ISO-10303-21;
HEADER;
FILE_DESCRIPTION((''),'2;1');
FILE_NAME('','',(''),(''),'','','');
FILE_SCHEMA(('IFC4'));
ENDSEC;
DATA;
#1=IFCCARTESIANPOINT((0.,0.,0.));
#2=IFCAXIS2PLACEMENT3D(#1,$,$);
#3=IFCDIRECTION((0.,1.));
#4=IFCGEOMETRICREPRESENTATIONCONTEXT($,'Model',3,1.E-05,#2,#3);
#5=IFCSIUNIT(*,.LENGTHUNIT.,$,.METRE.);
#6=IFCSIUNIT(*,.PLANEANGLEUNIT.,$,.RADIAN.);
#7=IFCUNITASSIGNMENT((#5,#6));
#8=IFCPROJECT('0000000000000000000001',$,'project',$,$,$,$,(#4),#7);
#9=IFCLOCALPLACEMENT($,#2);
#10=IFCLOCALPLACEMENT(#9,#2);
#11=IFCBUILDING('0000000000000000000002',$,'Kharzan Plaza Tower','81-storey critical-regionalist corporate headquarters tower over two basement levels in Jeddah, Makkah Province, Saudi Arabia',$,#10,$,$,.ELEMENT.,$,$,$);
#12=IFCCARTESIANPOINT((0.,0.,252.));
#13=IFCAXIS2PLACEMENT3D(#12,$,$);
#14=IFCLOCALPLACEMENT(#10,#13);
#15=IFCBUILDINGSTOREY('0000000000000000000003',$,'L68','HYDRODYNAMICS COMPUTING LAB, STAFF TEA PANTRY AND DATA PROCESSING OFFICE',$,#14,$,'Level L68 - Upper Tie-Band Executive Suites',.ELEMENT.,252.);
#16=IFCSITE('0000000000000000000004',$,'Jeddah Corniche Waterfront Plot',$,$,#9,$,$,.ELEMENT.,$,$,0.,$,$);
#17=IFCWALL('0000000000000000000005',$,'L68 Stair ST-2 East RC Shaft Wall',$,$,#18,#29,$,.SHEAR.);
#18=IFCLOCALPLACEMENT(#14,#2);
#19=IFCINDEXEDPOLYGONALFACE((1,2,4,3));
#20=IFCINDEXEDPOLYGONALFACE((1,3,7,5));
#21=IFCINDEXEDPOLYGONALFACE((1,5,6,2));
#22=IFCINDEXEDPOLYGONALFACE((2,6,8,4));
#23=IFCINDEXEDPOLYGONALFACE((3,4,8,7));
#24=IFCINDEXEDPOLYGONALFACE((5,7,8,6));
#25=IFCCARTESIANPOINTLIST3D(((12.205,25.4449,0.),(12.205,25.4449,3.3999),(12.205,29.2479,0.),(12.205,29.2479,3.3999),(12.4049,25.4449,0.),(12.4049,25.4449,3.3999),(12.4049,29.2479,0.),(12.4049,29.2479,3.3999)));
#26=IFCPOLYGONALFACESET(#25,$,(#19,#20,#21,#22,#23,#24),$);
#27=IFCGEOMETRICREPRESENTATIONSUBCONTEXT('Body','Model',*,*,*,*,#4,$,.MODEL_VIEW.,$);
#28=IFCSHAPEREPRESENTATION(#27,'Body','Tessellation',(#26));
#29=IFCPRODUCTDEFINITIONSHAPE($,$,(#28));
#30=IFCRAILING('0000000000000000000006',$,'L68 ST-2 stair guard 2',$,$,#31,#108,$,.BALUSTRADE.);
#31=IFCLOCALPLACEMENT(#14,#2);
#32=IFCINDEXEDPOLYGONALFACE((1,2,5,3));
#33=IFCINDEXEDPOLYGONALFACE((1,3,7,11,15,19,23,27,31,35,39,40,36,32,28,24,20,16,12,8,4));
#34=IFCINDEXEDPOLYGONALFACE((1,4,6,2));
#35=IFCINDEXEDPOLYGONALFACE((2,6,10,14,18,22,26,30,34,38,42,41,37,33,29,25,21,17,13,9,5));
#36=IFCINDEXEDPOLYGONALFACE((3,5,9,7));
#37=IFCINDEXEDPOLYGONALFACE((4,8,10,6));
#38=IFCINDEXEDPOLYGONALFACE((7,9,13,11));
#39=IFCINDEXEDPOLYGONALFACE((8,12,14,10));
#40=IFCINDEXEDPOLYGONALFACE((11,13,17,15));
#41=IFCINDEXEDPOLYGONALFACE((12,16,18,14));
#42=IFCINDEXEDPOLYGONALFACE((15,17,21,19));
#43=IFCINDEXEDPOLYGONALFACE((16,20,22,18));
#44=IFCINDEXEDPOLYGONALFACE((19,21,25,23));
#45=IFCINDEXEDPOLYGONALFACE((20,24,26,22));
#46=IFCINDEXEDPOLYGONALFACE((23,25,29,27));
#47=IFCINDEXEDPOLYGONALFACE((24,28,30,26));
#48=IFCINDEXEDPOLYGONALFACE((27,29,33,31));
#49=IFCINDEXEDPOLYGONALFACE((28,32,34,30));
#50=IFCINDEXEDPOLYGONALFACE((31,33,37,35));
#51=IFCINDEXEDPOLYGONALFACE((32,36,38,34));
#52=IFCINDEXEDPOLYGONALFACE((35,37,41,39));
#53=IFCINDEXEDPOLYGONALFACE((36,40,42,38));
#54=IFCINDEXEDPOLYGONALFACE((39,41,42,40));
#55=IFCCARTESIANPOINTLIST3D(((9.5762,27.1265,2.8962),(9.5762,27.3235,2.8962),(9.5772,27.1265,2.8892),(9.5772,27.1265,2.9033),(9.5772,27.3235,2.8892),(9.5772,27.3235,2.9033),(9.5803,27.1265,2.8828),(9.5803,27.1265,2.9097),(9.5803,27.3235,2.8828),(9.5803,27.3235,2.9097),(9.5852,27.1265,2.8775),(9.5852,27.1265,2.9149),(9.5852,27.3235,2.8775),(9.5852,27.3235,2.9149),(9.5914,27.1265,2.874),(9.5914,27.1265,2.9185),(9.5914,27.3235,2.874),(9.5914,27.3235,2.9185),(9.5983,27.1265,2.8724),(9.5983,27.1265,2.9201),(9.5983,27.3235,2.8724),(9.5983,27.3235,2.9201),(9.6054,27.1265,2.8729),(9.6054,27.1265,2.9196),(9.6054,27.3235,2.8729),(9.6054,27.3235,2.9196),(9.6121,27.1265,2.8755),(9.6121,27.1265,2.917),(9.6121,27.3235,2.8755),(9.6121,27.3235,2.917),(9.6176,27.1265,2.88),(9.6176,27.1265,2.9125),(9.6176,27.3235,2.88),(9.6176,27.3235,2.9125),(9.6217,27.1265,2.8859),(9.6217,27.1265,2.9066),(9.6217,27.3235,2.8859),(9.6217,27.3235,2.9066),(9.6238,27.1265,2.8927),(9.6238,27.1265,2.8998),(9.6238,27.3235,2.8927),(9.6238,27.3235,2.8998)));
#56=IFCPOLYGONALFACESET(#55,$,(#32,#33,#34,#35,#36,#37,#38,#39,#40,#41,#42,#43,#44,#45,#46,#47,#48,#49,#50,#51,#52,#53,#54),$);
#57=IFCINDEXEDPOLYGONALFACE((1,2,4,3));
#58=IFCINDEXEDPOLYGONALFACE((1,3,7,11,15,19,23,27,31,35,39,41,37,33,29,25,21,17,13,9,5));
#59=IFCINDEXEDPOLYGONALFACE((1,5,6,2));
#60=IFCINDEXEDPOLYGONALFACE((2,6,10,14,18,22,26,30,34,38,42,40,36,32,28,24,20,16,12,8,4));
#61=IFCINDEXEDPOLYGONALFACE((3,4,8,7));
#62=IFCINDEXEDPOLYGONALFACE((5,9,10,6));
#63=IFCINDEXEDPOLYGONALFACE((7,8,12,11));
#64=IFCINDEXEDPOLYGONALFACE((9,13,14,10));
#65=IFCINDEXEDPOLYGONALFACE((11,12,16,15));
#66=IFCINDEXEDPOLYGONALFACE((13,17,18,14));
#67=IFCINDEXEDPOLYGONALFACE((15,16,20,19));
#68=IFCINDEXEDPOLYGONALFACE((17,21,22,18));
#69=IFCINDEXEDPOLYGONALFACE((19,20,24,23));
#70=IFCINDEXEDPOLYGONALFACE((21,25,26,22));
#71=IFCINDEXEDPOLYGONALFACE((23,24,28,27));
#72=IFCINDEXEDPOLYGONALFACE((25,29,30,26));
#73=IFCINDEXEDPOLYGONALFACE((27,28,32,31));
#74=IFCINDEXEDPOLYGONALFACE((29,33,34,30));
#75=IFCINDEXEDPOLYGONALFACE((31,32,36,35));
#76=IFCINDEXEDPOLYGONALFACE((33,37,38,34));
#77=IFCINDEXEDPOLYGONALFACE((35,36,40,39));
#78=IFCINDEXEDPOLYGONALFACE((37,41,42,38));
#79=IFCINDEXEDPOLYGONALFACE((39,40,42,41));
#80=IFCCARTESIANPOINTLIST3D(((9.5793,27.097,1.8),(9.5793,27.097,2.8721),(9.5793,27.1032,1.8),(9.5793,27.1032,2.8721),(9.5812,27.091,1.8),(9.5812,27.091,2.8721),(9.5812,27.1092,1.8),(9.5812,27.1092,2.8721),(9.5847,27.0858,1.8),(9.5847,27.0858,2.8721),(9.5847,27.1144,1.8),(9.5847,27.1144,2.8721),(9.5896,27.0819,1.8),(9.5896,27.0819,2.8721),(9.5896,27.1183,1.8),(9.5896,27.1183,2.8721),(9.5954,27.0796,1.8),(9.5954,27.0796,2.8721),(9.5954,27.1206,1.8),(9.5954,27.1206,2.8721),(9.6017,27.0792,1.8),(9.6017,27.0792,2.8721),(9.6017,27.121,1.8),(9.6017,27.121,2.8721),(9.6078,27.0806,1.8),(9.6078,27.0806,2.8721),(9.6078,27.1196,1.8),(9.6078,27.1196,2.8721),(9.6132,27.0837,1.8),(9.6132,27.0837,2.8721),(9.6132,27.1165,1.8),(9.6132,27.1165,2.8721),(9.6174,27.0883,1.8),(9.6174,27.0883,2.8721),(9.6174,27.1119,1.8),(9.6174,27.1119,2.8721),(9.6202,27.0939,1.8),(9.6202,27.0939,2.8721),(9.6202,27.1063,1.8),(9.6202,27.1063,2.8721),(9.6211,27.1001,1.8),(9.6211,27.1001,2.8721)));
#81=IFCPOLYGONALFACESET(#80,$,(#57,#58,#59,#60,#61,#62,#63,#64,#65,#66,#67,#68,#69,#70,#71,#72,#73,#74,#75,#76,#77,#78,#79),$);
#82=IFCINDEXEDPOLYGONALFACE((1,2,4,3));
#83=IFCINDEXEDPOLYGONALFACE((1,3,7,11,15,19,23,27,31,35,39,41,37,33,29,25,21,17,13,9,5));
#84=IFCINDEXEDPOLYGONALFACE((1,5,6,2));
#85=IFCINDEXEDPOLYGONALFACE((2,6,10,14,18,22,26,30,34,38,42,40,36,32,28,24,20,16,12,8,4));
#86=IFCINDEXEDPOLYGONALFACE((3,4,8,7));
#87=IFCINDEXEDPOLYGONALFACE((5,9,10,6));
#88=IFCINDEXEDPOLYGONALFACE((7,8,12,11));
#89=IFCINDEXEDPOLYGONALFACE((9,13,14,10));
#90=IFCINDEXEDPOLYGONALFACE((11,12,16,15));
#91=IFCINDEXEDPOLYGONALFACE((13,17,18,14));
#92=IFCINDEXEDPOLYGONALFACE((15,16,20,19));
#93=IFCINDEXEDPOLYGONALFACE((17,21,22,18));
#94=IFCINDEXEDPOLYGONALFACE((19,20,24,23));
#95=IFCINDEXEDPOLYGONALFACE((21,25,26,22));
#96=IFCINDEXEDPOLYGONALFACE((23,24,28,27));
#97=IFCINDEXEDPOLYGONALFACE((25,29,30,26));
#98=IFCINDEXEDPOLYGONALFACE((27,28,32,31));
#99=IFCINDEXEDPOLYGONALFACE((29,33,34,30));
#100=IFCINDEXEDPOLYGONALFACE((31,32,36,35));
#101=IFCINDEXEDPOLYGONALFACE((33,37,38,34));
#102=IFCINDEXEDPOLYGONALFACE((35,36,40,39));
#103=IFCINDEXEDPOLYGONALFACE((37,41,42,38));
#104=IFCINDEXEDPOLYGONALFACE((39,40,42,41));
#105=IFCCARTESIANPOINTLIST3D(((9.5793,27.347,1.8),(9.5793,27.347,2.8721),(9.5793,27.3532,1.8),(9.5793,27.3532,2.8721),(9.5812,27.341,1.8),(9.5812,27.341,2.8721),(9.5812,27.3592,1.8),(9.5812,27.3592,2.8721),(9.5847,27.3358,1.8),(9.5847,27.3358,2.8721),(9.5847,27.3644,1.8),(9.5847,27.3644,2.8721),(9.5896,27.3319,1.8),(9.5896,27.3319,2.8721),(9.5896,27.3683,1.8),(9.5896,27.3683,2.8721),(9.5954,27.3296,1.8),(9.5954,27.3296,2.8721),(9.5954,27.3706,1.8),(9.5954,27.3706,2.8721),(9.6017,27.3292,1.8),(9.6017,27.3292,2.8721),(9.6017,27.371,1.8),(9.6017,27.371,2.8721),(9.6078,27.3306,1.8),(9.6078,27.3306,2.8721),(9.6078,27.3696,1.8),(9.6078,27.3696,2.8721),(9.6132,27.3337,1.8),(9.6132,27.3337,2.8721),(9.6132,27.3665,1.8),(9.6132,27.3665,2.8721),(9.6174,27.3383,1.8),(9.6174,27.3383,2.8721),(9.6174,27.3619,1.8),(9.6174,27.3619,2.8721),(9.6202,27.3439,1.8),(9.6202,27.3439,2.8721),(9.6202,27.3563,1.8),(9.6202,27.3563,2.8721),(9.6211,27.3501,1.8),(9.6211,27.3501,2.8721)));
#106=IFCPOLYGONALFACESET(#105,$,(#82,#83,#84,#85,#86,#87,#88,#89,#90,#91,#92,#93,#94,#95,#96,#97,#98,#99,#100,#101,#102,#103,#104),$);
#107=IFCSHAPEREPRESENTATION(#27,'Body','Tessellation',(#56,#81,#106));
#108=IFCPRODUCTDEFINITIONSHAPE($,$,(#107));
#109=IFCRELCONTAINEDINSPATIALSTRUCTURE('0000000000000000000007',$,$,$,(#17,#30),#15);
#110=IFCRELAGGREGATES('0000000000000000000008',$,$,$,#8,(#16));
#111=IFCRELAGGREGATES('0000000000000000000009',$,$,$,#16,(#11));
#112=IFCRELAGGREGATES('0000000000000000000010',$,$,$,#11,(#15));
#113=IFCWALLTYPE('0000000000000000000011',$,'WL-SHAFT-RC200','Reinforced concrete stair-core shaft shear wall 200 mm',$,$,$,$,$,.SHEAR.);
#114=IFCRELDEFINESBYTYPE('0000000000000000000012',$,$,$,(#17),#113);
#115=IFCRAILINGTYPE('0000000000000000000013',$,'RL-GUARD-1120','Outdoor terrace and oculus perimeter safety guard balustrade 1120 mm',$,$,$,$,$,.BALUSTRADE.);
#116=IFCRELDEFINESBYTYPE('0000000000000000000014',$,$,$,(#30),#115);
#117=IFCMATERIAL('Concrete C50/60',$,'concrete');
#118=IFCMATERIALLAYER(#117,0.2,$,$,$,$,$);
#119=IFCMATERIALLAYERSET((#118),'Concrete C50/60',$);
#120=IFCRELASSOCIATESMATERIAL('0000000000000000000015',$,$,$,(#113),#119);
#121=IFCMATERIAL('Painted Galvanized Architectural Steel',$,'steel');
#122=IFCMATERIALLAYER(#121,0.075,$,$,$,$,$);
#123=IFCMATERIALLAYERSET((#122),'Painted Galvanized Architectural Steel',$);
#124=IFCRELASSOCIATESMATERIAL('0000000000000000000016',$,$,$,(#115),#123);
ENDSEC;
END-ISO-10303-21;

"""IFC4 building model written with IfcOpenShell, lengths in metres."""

from ifc_helpers import new_model, si_unit, direction, frame, frame_2d, origin, origin_2d, place, context, subcontext, project, spatial, rectangle, circle, extrude, source, transform, mapped, material, layer, layer_set, type_object, element, save


model = new_model("IFC4")

# Units and contexts
model_context = context("Model", 3, precision=1e-05, world=origin(), true_north=direction((0.0, 1.0)))
body_context = subcontext(model_context, "Body", "Model", "MODEL_VIEW")
ifc_project = project(units=[si_unit("LENGTHUNIT", "METRE"), si_unit("PLANEANGLEUNIT", "RADIAN")], contexts=[model_context])

# Site, building, storey
site_placement = place(None, origin())
site = spatial("IfcSite", under=ifc_project, at=site_placement, Name="Jeddah Corniche Waterfront Plot", CompositionType="ELEMENT", RefElevation=0.0)
building_placement = place(site_placement, origin())
building = spatial("IfcBuilding", under=site, at=building_placement, Name="Kharzan Plaza Tower", Description="81-storey critical-regionalist corporate headquarters tower over two basement levels in Jeddah, Makkah Province, Saudi Arabia", CompositionType="ELEMENT")
storey_placement = place(building_placement, frame((0.0, 0.0, 252.0)))
storey = spatial("IfcBuildingStorey", under=building, at=storey_placement, Name="L68", Description="HYDRODYNAMICS COMPUTING LAB, STAFF TEA PANTRY AND DATA PROCESSING OFFICE", LongName="Level L68 - Upper Tie-Band Executive Suites", CompositionType="ELEMENT", Elevation=252.0)

# Wall
ifc_material_1 = material(Name="Concrete C50/60", Category="concrete")
ifc_layer_1 = layer(ifc_material_1, 0.2)
ifc_layer_set_1 = layer_set([ifc_layer_1], Name="Concrete C50/60")
wall_type_1 = type_object("IfcWallType", Name="WL-SHAFT-RC200", Description="Reinforced concrete stair-core shaft shear wall 200 mm", PredefinedType="SHEAR", material=ifc_layer_set_1)
shared_shape_1 = source(origin(), body_context, "Body", "SweptSolid", [
    extrude(rectangle(XDim=3.803, YDim=0.2, at=frame_2d((1.9014, 0.0))), origin(), (0.0, 0.0, 1.0), 3.3999),
])
wall_1_placement = place(storey_placement, frame((12.3049, 25.4451, 0.0), z_axis=(0.0, 0.0, 1.0), x_axis=(0.0, 1.0, 0.0)))
element("IfcWall", 1, at=wall_1_placement, inside=storey, type_object=wall_type_1, Name="L68 Stair ST-2 East RC Shaft Wall", PredefinedType="SHEAR", context=body_context, shape_type="MappedRepresentation", body=[
    mapped(shared_shape_1, transform((0.0, 0.0, 0.0), x_axis=(1.0, 0.0, 0.0), y_axis=(0.0, 1.0, 0.0), z_axis=(0.0, 0.0, 1.0))),
])

# Railing
ifc_material_2 = material(Name="Painted Galvanized Architectural Steel", Category="steel")
ifc_layer_2 = layer(ifc_material_2, 0.075)
ifc_layer_set_2 = layer_set([ifc_layer_2], Name="Painted Galvanized Architectural Steel")
railing_type = type_object("IfcRailingType", Name="RL-GUARD-1120", Description="Outdoor terrace and oculus perimeter safety guard balustrade 1120 mm", PredefinedType="BALUSTRADE", material=ifc_layer_set_2)
shared_shape_2 = source(origin(), body_context, "Body", "SweptSolid", [
    extrude(circle(Radius=0.0239, at=origin_2d()), frame((0.0, 0.0264, 1.0962), z_axis=(0.0, 1.0, 0.0), x_axis=(-1.0, 0.0, 0.0)), (0.0, 0.0, 1.0), 0.197),
    extrude(circle(Radius=0.021, at=origin_2d()), origin(), (0.0, 0.0, 1.0), 1.072),
    extrude(circle(Radius=0.021, at=origin_2d()), frame((0.0, 0.25, 0.0)), (0.0, 0.0, 1.0), 1.072),
])
railing_1_placement = place(storey_placement, frame((9.6001, 27.1001, 1.8)))
element("IfcRailing", 2, at=railing_1_placement, inside=storey, type_object=railing_type, Name="L68 ST-2 stair guard 2", PredefinedType="BALUSTRADE", context=body_context, shape_type="MappedRepresentation", body=[
    mapped(shared_shape_2, transform((0.0, 0.0, 0.0), x_axis=(1.0, 0.0, 0.0), y_axis=(0.0, 1.0, 0.0), z_axis=(0.0, 0.0, 1.0))),
])

save(model, "model.ifc")
